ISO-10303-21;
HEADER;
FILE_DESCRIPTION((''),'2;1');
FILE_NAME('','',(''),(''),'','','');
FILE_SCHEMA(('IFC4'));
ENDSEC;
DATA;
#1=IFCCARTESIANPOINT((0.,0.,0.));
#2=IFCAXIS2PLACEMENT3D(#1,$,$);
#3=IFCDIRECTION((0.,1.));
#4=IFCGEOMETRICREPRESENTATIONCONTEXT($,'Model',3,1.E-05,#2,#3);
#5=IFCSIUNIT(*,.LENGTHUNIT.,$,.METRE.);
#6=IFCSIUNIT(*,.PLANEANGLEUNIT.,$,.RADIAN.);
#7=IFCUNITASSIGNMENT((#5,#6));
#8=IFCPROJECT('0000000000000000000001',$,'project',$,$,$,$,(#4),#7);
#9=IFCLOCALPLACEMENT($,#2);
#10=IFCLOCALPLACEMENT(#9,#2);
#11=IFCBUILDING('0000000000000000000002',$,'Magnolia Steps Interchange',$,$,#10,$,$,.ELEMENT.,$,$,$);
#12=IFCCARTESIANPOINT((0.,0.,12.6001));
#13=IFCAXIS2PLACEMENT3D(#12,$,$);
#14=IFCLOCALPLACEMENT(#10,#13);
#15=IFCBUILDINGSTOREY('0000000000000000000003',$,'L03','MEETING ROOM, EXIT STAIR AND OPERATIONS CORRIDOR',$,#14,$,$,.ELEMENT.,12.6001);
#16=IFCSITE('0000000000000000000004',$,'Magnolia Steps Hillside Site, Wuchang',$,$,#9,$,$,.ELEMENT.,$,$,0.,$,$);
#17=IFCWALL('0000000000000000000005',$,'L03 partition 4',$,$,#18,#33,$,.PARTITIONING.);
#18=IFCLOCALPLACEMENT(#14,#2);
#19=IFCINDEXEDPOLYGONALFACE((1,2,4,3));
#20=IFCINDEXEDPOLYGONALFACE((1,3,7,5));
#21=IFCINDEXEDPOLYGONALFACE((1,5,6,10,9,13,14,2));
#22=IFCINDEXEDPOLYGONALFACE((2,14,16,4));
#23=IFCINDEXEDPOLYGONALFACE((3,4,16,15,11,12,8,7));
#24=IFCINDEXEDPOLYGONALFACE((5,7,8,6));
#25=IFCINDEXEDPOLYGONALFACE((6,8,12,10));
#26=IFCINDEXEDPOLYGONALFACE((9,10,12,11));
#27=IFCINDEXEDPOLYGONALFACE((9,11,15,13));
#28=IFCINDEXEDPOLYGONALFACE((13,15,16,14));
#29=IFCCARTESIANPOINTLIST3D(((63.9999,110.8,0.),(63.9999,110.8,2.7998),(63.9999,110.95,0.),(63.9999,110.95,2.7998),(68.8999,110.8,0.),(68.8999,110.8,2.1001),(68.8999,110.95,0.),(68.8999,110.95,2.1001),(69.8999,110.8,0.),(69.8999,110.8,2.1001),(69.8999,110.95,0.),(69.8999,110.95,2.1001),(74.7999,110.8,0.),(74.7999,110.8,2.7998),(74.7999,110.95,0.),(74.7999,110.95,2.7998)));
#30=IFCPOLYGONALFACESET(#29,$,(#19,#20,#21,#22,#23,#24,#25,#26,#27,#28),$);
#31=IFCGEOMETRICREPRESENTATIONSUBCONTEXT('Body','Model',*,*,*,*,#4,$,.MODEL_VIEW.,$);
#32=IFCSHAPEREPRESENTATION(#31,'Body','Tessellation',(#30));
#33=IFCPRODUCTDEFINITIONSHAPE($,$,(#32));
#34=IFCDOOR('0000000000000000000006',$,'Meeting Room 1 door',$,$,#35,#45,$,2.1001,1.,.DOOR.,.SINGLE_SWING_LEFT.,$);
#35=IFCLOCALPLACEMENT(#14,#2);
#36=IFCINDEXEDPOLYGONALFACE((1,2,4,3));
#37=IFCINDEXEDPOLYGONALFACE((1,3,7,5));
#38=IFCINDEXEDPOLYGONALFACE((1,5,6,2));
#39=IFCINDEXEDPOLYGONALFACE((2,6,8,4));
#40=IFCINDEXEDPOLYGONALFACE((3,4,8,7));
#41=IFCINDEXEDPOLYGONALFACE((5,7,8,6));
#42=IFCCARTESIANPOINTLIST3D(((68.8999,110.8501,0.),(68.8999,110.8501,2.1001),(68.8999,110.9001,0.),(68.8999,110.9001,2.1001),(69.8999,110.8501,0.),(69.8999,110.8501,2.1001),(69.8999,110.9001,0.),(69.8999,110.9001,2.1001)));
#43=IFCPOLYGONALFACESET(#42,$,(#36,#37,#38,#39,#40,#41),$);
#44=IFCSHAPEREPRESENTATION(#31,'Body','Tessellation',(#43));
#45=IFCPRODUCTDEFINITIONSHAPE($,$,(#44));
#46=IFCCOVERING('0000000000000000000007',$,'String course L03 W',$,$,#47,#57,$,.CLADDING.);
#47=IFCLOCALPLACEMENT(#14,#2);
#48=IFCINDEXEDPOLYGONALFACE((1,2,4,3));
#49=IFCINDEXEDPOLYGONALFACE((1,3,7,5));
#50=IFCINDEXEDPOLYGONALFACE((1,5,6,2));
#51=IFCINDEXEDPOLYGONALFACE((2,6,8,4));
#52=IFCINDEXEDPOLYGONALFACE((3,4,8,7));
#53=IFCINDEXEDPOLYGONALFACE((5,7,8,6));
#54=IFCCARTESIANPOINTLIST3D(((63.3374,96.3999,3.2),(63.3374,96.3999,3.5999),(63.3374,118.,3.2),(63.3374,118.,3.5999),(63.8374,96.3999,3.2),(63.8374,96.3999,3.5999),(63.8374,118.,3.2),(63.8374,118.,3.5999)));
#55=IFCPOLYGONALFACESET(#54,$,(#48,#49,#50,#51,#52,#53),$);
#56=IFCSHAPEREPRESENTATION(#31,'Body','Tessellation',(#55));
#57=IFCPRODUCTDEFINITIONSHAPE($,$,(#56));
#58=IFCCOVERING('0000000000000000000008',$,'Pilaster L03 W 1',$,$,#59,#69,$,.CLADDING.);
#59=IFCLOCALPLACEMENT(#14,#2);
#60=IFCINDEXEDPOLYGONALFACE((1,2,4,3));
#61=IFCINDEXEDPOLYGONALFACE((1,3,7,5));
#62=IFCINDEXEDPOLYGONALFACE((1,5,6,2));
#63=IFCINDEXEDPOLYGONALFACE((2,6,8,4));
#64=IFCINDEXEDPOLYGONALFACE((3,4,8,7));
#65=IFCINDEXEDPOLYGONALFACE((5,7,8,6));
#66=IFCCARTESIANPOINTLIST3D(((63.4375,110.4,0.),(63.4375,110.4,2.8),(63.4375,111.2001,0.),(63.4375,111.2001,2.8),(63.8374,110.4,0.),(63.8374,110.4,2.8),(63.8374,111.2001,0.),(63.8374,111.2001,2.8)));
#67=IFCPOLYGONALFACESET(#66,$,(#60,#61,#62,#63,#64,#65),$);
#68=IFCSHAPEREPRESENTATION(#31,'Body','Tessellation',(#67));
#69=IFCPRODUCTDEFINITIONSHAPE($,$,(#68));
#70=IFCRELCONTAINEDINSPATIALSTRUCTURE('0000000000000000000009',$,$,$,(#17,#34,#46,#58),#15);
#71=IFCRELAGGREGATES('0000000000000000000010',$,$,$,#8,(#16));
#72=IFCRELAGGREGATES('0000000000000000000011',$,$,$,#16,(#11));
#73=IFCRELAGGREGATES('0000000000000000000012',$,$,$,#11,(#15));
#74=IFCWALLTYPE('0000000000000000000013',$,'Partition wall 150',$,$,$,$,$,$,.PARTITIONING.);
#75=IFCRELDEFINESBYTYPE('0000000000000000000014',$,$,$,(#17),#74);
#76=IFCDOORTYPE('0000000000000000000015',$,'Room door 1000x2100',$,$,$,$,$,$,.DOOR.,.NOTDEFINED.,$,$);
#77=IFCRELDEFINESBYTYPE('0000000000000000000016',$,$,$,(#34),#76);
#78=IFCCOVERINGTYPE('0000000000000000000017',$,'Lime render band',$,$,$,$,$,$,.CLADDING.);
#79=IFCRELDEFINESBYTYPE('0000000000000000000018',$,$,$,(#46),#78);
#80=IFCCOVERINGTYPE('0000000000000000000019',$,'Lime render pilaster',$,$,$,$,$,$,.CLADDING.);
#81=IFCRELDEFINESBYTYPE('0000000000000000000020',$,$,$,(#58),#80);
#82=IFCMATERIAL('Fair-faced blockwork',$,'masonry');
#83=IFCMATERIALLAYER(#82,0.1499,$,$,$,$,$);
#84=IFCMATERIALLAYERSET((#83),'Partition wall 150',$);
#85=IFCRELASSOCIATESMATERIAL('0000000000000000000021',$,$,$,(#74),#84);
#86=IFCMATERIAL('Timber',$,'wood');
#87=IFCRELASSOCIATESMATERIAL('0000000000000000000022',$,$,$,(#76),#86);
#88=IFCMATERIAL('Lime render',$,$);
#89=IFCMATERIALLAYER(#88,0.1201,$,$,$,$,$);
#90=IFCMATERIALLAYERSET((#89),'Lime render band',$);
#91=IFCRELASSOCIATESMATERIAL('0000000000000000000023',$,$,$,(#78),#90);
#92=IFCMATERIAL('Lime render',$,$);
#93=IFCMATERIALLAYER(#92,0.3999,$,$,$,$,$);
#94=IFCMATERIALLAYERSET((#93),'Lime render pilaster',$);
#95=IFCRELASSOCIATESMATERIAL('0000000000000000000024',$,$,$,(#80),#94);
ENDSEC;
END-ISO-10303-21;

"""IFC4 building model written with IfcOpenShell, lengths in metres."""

from ifc_helpers import new_model, si_unit, direction, frame, frame_2d, origin, origin_2d, place, context, subcontext, project, spatial, rectangle, extrude, material, layer, layer_set, type_object, element, fill, save


model = new_model("IFC4")

# Units and contexts
model_context = context("Model", 3, precision=1e-05, world=origin(), true_north=direction((0.0, 1.0)))
body_context = subcontext(model_context, "Body", "Model", "MODEL_VIEW")
ifc_project = project(units=[si_unit("LENGTHUNIT", "METRE"), si_unit("PLANEANGLEUNIT", "RADIAN")], contexts=[model_context])

# Site, building, storey
site_placement = place(None, origin())
site = spatial("IfcSite", under=ifc_project, at=site_placement, Name="Magnolia Steps Hillside Site, Wuchang", CompositionType="ELEMENT", RefElevation=0.0)
building_placement = place(site_placement, origin())
building = spatial("IfcBuilding", under=site, at=building_placement, Name="Magnolia Steps Interchange", CompositionType="ELEMENT")
storey_placement = place(building_placement, frame((0.0, 0.0, 12.6001)))
storey = spatial("IfcBuildingStorey", under=building, at=storey_placement, Name="L03", Description="MEETING ROOM, EXIT STAIR AND OPERATIONS CORRIDOR", CompositionType="ELEMENT", Elevation=12.6001)

# Wall, opening, door
ifc_material_1 = material(Name="Fair-faced blockwork", Category="masonry")
ifc_layer_1 = layer(ifc_material_1, 0.1499)
ifc_layer_set_1 = layer_set([ifc_layer_1], Name="Partition wall 150")
wall_type_1 = type_object("IfcWallType", Name="Partition wall 150", PredefinedType="PARTITIONING", material=ifc_layer_set_1)
wall_1_placement = place(storey_placement, frame((64.0, 110.875, 0.0), z_axis=(0.0, 0.0, 1.0), x_axis=(1.0, 0.0, 0.0)))
wall_1 = element("IfcWall", 1, at=wall_1_placement, inside=storey, type_object=wall_type_1, Name="L03 partition 4", PredefinedType="PARTITIONING", context=body_context, shape_type="SweptSolid", body=[
    extrude(rectangle(XDim=10.8, YDim=0.1499, at=frame_2d((5.3999, 0.0))), origin(), (0.0, 0.0, 1.0), 2.7998),
])
opening_1_placement = place(wall_1_placement, frame((4.8999, 0.0, 0.0)))
opening_1 = element("IfcOpeningElement", 2, at=opening_1_placement, cuts=wall_1, PredefinedType="OPENING", context=body_context, shape_type="SweptSolid", body=[
    extrude(rectangle(XDim=1.0, YDim=2.1001, at=frame_2d((0.5, 1.05))), frame((0.0, 0.085, 0.0), z_axis=(0.0, -1.0, 0.0), x_axis=(1.0, 0.0, 0.0)), (0.0, 0.0, 1.0), 0.1699),
])
ifc_material_2 = material(Name="Timber", Category="wood")
door_type = type_object("IfcDoorType", Name="Room door 1000x2100", OperationType="NOTDEFINED", PredefinedType="DOOR", material=ifc_material_2)
door_placement = place(opening_1_placement, frame((1.0, 0.0, 0.0), z_axis=(0.0, 0.0, 1.0), x_axis=(-1.0, 0.0, 0.0)))
door = element("IfcDoor", 3, at=door_placement, inside=storey, type_object=door_type, Name="Meeting Room 1 door", OperationType="SINGLE_SWING_LEFT", OverallHeight=2.1001, OverallWidth=1.0, PredefinedType="DOOR", context=body_context, shape_type="SweptSolid", body=[
    extrude(rectangle(XDim=1.0, YDim=2.1001, at=frame_2d((0.5, 1.05))), frame((0.0, 0.0249, 0.0), z_axis=(0.0, -1.0, 0.0), x_axis=(1.0, 0.0, 0.0)), (0.0, 0.0, 1.0), 0.05),
])
fill(opening_1, door)

# Coverings
ifc_material_3 = material(Name="Lime render")
ifc_layer_2 = layer(ifc_material_3, 0.1201)
ifc_layer_set_2 = layer_set([ifc_layer_2], Name="Lime render band")
covering_type_1 = type_object("IfcCoveringType", Name="Lime render band", PredefinedType="CLADDING", material=ifc_layer_set_2)
covering_1_placement = place(storey_placement, frame((63.5874, 107.2, 3.2), z_axis=(0.0, 0.0, 1.0), x_axis=(1.0, 0.0, 0.0)))
element("IfcCovering", 4, at=covering_1_placement, inside=storey, type_object=covering_type_1, Name="String course L03 W", PredefinedType="CLADDING", context=body_context, shape_type="SweptSolid", body=[
    extrude(rectangle(XDim=0.5, YDim=21.6001, at=origin_2d()), origin(), (0.0, 0.0, 1.0), 0.3999),
])
ifc_material_4 = material(Name="Lime render")
ifc_layer_3 = layer(ifc_material_4, 0.3999)
ifc_layer_set_3 = layer_set([ifc_layer_3], Name="Lime render pilaster")
covering_type_2 = type_object("IfcCoveringType", Name="Lime render pilaster", PredefinedType="CLADDING", material=ifc_layer_set_3)
covering_2_placement = place(storey_placement, frame((63.6375, 110.8, 0.0), z_axis=(0.0, 0.0, 1.0), x_axis=(1.0, 0.0, 0.0)))
element("IfcCovering", 5, at=covering_2_placement, inside=storey, type_object=covering_type_2, Name="Pilaster L03 W 1", PredefinedType="CLADDING", context=body_context, shape_type="SweptSolid", body=[
    extrude(rectangle(XDim=0.3999, YDim=0.8, at=origin_2d()), origin(), (0.0, 0.0, 1.0), 2.8),
])

save(model, "model.ifc")
